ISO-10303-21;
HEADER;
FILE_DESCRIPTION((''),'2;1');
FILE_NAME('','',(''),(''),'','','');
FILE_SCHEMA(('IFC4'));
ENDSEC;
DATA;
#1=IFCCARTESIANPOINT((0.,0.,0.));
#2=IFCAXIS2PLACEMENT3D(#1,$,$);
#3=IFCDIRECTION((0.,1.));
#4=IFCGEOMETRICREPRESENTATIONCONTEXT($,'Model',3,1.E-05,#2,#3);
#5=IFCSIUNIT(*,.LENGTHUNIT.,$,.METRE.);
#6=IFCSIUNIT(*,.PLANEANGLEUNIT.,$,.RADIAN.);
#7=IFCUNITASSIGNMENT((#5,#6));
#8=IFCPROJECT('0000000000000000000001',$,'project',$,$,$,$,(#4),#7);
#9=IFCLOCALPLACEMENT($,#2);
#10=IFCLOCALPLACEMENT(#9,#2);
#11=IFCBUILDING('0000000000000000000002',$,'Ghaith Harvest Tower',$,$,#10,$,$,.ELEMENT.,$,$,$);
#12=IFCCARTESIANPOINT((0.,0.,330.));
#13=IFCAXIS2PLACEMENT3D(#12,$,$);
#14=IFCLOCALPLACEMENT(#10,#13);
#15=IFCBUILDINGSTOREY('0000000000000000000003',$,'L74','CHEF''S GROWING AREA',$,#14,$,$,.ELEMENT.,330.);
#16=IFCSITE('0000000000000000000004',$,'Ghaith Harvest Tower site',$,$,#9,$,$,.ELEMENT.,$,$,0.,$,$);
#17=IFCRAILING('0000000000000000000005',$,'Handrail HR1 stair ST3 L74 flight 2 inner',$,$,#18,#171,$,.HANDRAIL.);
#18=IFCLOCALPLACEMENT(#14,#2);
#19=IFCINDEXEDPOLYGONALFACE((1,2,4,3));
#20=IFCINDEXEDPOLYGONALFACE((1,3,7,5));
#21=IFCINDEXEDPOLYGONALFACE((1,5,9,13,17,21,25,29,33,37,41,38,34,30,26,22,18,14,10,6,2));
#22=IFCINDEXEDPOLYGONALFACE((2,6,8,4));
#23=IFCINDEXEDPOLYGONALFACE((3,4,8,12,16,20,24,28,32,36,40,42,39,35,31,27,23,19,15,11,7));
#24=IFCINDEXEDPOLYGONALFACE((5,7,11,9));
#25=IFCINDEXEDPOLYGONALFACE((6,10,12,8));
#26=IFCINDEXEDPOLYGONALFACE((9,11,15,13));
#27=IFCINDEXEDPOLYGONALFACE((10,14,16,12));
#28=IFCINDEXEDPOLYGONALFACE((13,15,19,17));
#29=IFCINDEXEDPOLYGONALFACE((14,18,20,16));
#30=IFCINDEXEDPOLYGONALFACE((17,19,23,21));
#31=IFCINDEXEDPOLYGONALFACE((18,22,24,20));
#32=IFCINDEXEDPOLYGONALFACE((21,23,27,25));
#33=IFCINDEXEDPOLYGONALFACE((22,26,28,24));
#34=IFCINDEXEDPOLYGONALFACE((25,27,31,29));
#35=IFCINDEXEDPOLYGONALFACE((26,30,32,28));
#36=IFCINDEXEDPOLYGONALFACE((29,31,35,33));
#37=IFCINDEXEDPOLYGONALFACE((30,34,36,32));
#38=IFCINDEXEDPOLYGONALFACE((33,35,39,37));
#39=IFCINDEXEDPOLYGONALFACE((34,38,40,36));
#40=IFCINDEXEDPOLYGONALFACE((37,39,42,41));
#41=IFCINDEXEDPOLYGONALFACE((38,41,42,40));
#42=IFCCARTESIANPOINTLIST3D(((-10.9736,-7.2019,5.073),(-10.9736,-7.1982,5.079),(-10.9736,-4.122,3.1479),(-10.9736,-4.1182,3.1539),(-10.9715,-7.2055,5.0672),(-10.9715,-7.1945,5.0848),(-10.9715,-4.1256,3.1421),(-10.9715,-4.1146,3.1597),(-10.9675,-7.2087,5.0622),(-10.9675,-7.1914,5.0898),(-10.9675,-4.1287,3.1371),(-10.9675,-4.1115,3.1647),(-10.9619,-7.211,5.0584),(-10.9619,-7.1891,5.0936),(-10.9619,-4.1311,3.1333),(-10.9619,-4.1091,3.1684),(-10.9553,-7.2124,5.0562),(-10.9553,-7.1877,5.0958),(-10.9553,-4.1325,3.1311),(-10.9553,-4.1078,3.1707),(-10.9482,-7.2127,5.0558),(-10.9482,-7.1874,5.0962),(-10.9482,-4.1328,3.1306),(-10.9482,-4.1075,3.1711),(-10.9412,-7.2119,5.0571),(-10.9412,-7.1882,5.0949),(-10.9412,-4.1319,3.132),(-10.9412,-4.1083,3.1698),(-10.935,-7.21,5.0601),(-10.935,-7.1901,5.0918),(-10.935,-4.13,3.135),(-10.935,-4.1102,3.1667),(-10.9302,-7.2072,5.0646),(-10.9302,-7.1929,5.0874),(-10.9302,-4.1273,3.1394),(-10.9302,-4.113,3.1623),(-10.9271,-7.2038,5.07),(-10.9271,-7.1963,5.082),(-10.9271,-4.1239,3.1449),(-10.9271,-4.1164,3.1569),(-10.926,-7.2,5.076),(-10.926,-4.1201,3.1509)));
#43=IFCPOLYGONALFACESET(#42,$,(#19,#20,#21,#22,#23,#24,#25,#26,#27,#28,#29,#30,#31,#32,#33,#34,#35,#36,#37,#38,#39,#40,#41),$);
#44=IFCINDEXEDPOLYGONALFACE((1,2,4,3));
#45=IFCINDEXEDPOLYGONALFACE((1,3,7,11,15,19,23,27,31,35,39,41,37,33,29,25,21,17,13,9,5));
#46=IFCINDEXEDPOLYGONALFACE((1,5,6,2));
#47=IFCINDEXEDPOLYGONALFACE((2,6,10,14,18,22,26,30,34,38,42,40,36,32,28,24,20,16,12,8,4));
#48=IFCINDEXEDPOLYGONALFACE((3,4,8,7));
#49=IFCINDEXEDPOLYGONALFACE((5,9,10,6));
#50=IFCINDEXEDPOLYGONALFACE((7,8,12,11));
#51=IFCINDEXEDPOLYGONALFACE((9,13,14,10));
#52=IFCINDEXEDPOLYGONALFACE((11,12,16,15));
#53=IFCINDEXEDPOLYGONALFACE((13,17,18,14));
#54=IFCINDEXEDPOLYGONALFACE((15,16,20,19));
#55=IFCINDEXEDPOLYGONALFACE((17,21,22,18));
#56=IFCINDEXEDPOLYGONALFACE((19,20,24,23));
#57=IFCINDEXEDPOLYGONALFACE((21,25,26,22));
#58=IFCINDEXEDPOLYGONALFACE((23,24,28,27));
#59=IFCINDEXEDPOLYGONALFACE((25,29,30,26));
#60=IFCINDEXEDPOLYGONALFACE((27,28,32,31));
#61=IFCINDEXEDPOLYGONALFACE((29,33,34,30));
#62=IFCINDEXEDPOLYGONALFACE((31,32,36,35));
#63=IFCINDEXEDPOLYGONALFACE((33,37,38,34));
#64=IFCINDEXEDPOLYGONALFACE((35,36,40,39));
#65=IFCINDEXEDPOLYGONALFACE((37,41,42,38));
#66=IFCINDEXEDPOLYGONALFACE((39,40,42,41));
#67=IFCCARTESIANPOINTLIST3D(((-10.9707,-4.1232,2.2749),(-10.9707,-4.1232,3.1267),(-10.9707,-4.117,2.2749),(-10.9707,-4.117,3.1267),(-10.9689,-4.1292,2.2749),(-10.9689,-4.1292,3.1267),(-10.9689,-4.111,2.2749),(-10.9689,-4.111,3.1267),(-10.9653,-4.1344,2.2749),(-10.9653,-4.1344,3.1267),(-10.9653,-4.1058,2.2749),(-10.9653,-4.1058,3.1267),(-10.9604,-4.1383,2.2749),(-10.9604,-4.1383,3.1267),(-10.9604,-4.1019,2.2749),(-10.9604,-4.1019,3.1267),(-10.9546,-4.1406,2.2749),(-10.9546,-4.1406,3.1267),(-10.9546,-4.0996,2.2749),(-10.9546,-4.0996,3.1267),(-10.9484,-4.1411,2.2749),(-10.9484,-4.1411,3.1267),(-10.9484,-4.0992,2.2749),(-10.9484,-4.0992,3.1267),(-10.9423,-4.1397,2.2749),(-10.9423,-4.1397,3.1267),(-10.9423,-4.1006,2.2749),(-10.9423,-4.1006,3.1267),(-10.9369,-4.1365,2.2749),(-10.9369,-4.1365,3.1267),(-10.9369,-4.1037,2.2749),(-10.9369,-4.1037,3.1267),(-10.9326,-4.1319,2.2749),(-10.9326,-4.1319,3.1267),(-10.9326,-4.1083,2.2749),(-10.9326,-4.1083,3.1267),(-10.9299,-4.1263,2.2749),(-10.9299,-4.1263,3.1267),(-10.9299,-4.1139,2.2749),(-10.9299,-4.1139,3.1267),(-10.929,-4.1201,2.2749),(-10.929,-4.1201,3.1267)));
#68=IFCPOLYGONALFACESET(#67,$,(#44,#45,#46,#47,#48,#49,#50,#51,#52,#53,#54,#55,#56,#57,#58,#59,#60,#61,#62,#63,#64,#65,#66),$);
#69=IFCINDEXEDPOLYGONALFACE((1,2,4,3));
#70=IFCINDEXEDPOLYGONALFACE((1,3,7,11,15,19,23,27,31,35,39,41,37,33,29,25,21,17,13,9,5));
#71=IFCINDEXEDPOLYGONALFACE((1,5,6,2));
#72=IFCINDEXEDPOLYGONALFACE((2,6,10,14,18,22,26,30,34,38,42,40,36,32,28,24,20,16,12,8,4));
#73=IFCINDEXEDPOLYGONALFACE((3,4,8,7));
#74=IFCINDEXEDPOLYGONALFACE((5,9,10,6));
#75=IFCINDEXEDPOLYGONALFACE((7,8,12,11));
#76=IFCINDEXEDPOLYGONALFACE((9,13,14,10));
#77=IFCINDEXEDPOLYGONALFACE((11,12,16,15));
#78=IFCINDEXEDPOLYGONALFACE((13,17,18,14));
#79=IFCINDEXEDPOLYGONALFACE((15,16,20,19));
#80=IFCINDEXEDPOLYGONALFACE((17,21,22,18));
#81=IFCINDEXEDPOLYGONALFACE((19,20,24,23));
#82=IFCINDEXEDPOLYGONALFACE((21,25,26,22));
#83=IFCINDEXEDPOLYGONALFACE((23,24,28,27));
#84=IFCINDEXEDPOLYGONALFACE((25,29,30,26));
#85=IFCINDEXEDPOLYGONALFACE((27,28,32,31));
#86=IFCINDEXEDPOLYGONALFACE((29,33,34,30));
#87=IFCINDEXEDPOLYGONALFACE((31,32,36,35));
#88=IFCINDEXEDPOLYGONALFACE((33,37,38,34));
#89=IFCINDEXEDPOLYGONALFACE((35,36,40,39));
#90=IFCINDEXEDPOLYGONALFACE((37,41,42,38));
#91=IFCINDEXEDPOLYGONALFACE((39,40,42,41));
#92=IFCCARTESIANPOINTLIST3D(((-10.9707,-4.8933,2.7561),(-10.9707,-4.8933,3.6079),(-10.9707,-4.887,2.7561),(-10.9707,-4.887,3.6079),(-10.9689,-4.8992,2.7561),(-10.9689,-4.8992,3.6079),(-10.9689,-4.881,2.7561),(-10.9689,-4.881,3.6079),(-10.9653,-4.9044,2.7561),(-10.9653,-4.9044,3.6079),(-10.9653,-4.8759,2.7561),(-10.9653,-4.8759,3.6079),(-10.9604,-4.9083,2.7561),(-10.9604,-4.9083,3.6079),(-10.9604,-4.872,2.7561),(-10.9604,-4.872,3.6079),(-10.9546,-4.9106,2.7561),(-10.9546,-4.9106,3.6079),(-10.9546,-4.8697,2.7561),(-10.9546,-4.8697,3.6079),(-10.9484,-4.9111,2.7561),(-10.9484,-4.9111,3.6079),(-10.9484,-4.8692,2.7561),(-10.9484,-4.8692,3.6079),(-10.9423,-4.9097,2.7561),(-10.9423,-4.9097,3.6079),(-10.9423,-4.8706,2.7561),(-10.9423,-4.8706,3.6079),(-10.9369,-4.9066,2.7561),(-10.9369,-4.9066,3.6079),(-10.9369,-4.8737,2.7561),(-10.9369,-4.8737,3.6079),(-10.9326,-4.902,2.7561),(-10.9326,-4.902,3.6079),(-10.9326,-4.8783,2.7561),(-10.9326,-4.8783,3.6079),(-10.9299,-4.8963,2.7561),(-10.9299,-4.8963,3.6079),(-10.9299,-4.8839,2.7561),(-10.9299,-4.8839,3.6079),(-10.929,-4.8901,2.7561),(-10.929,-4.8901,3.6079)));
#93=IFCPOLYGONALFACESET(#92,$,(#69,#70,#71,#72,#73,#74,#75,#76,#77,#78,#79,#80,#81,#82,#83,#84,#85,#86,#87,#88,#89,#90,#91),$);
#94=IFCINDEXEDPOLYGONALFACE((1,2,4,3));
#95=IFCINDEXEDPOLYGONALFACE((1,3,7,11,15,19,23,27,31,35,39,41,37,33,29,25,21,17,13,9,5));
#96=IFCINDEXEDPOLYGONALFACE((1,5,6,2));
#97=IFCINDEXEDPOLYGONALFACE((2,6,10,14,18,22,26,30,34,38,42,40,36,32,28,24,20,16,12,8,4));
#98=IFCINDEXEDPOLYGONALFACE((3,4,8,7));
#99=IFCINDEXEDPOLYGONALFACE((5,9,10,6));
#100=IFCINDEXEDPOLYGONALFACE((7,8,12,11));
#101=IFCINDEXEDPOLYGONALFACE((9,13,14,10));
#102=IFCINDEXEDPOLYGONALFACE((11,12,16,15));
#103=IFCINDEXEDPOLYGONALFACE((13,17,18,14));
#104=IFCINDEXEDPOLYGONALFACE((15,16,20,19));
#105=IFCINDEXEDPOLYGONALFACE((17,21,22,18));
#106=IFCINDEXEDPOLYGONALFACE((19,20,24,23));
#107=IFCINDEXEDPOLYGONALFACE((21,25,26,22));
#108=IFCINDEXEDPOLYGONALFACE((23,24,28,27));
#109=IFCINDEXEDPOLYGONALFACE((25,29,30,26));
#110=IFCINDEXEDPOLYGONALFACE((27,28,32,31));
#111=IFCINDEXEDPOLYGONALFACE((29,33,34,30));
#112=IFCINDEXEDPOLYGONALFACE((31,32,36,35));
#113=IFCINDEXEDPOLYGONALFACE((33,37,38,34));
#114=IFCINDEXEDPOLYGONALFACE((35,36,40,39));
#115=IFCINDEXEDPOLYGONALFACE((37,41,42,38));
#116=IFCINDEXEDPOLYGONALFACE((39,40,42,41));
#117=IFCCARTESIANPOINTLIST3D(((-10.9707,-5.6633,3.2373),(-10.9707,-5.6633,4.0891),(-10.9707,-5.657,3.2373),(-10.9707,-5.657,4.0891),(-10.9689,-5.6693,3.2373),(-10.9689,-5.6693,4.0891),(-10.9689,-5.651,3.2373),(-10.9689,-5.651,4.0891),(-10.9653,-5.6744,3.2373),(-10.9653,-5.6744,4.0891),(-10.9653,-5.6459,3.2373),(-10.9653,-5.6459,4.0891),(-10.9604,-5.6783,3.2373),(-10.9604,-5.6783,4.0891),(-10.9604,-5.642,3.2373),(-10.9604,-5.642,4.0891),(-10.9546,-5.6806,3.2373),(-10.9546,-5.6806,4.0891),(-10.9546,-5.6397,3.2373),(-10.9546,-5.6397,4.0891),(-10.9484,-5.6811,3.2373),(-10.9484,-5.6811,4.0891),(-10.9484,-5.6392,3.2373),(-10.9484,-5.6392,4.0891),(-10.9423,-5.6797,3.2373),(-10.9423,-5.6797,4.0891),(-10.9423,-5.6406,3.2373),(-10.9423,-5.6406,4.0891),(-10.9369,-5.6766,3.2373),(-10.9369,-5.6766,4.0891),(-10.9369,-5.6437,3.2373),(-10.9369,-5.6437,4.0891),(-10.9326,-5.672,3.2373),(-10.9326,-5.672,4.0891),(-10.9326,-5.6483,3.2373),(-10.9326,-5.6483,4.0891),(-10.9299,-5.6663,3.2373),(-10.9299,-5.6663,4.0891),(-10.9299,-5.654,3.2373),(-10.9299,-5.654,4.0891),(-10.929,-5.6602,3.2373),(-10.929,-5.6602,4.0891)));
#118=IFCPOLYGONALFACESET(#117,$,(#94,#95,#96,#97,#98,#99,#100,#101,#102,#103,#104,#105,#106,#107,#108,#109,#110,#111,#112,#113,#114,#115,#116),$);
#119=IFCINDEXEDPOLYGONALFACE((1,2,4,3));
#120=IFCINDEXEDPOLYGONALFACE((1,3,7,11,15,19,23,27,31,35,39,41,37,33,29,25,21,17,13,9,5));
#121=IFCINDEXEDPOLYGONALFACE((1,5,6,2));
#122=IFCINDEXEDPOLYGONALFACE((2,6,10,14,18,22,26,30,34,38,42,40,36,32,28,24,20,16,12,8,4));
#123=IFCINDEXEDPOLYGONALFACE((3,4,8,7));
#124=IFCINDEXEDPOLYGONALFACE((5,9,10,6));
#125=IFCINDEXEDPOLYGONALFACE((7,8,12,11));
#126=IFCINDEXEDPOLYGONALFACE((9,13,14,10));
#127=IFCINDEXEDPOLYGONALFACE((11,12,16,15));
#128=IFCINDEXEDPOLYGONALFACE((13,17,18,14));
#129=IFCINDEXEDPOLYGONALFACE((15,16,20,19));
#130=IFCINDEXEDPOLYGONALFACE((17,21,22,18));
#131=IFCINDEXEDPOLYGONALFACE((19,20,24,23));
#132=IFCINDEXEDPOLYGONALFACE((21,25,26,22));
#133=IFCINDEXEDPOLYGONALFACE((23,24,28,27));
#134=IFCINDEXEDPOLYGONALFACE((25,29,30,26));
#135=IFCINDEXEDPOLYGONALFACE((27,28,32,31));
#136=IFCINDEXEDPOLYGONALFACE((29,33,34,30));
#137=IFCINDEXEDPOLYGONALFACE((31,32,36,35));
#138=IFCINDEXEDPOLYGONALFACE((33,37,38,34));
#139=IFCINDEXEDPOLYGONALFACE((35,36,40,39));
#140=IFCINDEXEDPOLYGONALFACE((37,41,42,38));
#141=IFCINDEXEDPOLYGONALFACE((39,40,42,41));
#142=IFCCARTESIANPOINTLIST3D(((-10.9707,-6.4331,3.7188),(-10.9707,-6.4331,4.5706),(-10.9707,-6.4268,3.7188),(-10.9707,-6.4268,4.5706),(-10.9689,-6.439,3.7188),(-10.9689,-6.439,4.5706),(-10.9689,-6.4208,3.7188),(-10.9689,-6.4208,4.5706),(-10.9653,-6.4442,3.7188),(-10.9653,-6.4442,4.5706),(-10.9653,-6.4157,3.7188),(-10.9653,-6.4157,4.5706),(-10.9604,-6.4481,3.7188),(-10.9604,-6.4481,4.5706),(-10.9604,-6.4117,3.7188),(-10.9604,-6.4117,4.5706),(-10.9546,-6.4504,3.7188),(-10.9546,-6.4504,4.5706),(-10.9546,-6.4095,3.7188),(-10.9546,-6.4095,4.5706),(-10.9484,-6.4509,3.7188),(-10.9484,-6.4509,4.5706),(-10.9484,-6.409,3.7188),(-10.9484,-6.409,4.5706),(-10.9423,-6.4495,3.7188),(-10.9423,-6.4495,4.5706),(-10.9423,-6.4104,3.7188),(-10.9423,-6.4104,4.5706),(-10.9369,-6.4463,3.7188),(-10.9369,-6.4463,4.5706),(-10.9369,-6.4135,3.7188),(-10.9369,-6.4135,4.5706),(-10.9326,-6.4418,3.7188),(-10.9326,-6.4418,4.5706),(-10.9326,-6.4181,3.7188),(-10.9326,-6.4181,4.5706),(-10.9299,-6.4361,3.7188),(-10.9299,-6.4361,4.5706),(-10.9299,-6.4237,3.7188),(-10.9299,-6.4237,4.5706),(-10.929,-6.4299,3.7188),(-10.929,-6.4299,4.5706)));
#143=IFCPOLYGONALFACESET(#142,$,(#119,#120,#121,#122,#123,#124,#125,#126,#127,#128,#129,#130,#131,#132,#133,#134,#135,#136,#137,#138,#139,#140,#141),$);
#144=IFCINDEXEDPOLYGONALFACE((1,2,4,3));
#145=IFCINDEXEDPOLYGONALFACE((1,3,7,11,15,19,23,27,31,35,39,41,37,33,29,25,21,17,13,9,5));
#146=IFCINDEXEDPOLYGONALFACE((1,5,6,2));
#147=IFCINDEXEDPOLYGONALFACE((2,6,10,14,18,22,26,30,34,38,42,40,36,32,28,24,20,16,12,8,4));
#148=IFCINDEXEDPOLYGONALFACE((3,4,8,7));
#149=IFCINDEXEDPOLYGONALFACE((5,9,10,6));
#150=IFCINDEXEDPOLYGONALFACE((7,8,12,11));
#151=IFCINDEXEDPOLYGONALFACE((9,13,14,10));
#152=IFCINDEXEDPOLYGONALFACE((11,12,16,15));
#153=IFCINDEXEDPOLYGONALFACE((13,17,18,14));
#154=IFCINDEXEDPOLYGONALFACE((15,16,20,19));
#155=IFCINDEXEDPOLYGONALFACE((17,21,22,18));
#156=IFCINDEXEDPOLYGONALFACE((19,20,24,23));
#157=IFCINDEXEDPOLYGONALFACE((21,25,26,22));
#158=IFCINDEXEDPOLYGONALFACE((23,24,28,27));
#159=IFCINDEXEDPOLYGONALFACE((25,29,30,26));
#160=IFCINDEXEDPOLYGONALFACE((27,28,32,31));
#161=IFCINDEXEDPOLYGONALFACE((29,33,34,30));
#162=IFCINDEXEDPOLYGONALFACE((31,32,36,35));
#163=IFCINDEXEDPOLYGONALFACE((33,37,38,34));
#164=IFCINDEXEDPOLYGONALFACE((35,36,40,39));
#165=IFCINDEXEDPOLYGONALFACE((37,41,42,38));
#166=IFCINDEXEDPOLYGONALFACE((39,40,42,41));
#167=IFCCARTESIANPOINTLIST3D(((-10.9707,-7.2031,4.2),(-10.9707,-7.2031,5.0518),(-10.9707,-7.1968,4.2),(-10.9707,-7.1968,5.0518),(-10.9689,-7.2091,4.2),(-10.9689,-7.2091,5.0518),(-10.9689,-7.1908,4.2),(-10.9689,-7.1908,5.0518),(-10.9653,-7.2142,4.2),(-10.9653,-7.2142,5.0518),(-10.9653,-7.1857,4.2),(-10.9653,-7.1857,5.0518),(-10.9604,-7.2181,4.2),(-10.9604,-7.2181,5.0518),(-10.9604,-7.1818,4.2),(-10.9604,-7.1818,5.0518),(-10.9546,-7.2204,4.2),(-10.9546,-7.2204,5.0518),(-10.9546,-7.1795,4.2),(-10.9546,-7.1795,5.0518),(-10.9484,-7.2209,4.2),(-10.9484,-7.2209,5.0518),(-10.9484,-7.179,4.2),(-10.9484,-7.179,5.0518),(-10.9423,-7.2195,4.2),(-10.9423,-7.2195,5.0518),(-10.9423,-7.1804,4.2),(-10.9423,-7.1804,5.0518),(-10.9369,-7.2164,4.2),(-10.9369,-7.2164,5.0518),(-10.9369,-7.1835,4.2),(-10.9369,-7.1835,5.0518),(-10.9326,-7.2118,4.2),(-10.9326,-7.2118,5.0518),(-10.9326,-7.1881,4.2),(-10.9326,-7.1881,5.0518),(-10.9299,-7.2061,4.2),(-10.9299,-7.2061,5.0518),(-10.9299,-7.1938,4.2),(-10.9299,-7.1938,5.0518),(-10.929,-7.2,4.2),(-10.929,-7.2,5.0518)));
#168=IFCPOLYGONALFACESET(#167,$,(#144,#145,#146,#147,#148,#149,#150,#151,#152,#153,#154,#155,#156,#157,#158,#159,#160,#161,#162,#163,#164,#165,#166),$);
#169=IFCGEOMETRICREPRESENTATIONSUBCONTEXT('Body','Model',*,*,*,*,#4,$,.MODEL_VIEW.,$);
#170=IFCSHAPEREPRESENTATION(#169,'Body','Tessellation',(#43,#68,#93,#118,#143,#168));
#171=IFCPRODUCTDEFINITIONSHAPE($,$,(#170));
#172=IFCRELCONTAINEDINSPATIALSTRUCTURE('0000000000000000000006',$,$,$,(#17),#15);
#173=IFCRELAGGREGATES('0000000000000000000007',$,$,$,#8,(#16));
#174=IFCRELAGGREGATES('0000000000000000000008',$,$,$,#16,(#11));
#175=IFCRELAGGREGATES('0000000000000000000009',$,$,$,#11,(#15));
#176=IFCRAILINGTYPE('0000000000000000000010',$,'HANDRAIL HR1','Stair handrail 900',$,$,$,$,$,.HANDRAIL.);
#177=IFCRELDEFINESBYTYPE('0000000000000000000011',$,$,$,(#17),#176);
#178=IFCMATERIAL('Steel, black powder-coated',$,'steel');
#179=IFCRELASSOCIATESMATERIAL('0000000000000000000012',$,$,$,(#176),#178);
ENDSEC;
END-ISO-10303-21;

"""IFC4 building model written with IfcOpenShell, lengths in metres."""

from ifc_helpers import new_model, si_unit, direction, frame, origin, origin_2d, place, context, subcontext, project, spatial, circle, extrude, material, type_object, element, save


model = new_model("IFC4")

# Units and contexts
model_context = context("Model", 3, precision=1e-05, world=origin(), true_north=direction((0.0, 1.0)))
body_context = subcontext(model_context, "Body", "Model", "MODEL_VIEW")
ifc_project = project(units=[si_unit("LENGTHUNIT", "METRE"), si_unit("PLANEANGLEUNIT", "RADIAN")], contexts=[model_context])

# Site, building, storey
site_placement = place(None, origin())
site = spatial("IfcSite", under=ifc_project, at=site_placement, Name="Ghaith Harvest Tower site", CompositionType="ELEMENT", RefElevation=0.0)
building_placement = place(site_placement, origin())
building = spatial("IfcBuilding", under=site, at=building_placement, Name="Ghaith Harvest Tower", CompositionType="ELEMENT")
storey_placement = place(building_placement, frame((0.0, 0.0, 330.0)))
storey = spatial("IfcBuildingStorey", under=building, at=storey_placement, Name="L74", Description="CHEF'S GROWING AREA", CompositionType="ELEMENT", Elevation=330.0)

# Railing
ifc_material_1 = material(Name="Steel, black powder-coated", Category="steel")
railing_type = type_object("IfcRailingType", Name="HANDRAIL HR1", Description="Stair handrail 900", PredefinedType="HANDRAIL", material=ifc_material_1)
railing_1_placement = place(storey_placement, frame((-10.95, -4.1201, 2.2749)))
element("IfcRailing", 1, at=railing_1_placement, inside=storey, type_object=railing_type, Name="Handrail HR1 stair ST3 L74 flight 2 inner", PredefinedType="HANDRAIL", context=body_context, shape_type="SweptSolid", body=[
    extrude(circle(Radius=0.0239, at=origin_2d()), frame((0.0, 0.0, 0.876), z_axis=(0.0, -0.847979, 0.530029), x_axis=(1.0, 0.0, 0.0)), (0.0, 0.0, 1.0), 3.6321),
    extrude(circle(Radius=0.021, at=origin_2d()), origin(), (0.0, 0.0, 1.0), 0.8518),
    extrude(circle(Radius=0.021, at=origin_2d()), frame((0.0, -0.77, 0.4812)), (0.0, 0.0, 1.0), 0.8518),
    extrude(circle(Radius=0.021, at=origin_2d()), frame((0.0, -1.54, 0.9624)), (0.0, 0.0, 1.0), 0.8518),
    extrude(circle(Radius=0.021, at=origin_2d()), frame((0.0, -2.3098, 1.4438)), (0.0, 0.0, 1.0), 0.8518),
    extrude(circle(Radius=0.021, at=origin_2d()), frame((0.0, -3.0798, 1.925)), (0.0, 0.0, 1.0), 0.8518),
])

save(model, "model.ifc")
